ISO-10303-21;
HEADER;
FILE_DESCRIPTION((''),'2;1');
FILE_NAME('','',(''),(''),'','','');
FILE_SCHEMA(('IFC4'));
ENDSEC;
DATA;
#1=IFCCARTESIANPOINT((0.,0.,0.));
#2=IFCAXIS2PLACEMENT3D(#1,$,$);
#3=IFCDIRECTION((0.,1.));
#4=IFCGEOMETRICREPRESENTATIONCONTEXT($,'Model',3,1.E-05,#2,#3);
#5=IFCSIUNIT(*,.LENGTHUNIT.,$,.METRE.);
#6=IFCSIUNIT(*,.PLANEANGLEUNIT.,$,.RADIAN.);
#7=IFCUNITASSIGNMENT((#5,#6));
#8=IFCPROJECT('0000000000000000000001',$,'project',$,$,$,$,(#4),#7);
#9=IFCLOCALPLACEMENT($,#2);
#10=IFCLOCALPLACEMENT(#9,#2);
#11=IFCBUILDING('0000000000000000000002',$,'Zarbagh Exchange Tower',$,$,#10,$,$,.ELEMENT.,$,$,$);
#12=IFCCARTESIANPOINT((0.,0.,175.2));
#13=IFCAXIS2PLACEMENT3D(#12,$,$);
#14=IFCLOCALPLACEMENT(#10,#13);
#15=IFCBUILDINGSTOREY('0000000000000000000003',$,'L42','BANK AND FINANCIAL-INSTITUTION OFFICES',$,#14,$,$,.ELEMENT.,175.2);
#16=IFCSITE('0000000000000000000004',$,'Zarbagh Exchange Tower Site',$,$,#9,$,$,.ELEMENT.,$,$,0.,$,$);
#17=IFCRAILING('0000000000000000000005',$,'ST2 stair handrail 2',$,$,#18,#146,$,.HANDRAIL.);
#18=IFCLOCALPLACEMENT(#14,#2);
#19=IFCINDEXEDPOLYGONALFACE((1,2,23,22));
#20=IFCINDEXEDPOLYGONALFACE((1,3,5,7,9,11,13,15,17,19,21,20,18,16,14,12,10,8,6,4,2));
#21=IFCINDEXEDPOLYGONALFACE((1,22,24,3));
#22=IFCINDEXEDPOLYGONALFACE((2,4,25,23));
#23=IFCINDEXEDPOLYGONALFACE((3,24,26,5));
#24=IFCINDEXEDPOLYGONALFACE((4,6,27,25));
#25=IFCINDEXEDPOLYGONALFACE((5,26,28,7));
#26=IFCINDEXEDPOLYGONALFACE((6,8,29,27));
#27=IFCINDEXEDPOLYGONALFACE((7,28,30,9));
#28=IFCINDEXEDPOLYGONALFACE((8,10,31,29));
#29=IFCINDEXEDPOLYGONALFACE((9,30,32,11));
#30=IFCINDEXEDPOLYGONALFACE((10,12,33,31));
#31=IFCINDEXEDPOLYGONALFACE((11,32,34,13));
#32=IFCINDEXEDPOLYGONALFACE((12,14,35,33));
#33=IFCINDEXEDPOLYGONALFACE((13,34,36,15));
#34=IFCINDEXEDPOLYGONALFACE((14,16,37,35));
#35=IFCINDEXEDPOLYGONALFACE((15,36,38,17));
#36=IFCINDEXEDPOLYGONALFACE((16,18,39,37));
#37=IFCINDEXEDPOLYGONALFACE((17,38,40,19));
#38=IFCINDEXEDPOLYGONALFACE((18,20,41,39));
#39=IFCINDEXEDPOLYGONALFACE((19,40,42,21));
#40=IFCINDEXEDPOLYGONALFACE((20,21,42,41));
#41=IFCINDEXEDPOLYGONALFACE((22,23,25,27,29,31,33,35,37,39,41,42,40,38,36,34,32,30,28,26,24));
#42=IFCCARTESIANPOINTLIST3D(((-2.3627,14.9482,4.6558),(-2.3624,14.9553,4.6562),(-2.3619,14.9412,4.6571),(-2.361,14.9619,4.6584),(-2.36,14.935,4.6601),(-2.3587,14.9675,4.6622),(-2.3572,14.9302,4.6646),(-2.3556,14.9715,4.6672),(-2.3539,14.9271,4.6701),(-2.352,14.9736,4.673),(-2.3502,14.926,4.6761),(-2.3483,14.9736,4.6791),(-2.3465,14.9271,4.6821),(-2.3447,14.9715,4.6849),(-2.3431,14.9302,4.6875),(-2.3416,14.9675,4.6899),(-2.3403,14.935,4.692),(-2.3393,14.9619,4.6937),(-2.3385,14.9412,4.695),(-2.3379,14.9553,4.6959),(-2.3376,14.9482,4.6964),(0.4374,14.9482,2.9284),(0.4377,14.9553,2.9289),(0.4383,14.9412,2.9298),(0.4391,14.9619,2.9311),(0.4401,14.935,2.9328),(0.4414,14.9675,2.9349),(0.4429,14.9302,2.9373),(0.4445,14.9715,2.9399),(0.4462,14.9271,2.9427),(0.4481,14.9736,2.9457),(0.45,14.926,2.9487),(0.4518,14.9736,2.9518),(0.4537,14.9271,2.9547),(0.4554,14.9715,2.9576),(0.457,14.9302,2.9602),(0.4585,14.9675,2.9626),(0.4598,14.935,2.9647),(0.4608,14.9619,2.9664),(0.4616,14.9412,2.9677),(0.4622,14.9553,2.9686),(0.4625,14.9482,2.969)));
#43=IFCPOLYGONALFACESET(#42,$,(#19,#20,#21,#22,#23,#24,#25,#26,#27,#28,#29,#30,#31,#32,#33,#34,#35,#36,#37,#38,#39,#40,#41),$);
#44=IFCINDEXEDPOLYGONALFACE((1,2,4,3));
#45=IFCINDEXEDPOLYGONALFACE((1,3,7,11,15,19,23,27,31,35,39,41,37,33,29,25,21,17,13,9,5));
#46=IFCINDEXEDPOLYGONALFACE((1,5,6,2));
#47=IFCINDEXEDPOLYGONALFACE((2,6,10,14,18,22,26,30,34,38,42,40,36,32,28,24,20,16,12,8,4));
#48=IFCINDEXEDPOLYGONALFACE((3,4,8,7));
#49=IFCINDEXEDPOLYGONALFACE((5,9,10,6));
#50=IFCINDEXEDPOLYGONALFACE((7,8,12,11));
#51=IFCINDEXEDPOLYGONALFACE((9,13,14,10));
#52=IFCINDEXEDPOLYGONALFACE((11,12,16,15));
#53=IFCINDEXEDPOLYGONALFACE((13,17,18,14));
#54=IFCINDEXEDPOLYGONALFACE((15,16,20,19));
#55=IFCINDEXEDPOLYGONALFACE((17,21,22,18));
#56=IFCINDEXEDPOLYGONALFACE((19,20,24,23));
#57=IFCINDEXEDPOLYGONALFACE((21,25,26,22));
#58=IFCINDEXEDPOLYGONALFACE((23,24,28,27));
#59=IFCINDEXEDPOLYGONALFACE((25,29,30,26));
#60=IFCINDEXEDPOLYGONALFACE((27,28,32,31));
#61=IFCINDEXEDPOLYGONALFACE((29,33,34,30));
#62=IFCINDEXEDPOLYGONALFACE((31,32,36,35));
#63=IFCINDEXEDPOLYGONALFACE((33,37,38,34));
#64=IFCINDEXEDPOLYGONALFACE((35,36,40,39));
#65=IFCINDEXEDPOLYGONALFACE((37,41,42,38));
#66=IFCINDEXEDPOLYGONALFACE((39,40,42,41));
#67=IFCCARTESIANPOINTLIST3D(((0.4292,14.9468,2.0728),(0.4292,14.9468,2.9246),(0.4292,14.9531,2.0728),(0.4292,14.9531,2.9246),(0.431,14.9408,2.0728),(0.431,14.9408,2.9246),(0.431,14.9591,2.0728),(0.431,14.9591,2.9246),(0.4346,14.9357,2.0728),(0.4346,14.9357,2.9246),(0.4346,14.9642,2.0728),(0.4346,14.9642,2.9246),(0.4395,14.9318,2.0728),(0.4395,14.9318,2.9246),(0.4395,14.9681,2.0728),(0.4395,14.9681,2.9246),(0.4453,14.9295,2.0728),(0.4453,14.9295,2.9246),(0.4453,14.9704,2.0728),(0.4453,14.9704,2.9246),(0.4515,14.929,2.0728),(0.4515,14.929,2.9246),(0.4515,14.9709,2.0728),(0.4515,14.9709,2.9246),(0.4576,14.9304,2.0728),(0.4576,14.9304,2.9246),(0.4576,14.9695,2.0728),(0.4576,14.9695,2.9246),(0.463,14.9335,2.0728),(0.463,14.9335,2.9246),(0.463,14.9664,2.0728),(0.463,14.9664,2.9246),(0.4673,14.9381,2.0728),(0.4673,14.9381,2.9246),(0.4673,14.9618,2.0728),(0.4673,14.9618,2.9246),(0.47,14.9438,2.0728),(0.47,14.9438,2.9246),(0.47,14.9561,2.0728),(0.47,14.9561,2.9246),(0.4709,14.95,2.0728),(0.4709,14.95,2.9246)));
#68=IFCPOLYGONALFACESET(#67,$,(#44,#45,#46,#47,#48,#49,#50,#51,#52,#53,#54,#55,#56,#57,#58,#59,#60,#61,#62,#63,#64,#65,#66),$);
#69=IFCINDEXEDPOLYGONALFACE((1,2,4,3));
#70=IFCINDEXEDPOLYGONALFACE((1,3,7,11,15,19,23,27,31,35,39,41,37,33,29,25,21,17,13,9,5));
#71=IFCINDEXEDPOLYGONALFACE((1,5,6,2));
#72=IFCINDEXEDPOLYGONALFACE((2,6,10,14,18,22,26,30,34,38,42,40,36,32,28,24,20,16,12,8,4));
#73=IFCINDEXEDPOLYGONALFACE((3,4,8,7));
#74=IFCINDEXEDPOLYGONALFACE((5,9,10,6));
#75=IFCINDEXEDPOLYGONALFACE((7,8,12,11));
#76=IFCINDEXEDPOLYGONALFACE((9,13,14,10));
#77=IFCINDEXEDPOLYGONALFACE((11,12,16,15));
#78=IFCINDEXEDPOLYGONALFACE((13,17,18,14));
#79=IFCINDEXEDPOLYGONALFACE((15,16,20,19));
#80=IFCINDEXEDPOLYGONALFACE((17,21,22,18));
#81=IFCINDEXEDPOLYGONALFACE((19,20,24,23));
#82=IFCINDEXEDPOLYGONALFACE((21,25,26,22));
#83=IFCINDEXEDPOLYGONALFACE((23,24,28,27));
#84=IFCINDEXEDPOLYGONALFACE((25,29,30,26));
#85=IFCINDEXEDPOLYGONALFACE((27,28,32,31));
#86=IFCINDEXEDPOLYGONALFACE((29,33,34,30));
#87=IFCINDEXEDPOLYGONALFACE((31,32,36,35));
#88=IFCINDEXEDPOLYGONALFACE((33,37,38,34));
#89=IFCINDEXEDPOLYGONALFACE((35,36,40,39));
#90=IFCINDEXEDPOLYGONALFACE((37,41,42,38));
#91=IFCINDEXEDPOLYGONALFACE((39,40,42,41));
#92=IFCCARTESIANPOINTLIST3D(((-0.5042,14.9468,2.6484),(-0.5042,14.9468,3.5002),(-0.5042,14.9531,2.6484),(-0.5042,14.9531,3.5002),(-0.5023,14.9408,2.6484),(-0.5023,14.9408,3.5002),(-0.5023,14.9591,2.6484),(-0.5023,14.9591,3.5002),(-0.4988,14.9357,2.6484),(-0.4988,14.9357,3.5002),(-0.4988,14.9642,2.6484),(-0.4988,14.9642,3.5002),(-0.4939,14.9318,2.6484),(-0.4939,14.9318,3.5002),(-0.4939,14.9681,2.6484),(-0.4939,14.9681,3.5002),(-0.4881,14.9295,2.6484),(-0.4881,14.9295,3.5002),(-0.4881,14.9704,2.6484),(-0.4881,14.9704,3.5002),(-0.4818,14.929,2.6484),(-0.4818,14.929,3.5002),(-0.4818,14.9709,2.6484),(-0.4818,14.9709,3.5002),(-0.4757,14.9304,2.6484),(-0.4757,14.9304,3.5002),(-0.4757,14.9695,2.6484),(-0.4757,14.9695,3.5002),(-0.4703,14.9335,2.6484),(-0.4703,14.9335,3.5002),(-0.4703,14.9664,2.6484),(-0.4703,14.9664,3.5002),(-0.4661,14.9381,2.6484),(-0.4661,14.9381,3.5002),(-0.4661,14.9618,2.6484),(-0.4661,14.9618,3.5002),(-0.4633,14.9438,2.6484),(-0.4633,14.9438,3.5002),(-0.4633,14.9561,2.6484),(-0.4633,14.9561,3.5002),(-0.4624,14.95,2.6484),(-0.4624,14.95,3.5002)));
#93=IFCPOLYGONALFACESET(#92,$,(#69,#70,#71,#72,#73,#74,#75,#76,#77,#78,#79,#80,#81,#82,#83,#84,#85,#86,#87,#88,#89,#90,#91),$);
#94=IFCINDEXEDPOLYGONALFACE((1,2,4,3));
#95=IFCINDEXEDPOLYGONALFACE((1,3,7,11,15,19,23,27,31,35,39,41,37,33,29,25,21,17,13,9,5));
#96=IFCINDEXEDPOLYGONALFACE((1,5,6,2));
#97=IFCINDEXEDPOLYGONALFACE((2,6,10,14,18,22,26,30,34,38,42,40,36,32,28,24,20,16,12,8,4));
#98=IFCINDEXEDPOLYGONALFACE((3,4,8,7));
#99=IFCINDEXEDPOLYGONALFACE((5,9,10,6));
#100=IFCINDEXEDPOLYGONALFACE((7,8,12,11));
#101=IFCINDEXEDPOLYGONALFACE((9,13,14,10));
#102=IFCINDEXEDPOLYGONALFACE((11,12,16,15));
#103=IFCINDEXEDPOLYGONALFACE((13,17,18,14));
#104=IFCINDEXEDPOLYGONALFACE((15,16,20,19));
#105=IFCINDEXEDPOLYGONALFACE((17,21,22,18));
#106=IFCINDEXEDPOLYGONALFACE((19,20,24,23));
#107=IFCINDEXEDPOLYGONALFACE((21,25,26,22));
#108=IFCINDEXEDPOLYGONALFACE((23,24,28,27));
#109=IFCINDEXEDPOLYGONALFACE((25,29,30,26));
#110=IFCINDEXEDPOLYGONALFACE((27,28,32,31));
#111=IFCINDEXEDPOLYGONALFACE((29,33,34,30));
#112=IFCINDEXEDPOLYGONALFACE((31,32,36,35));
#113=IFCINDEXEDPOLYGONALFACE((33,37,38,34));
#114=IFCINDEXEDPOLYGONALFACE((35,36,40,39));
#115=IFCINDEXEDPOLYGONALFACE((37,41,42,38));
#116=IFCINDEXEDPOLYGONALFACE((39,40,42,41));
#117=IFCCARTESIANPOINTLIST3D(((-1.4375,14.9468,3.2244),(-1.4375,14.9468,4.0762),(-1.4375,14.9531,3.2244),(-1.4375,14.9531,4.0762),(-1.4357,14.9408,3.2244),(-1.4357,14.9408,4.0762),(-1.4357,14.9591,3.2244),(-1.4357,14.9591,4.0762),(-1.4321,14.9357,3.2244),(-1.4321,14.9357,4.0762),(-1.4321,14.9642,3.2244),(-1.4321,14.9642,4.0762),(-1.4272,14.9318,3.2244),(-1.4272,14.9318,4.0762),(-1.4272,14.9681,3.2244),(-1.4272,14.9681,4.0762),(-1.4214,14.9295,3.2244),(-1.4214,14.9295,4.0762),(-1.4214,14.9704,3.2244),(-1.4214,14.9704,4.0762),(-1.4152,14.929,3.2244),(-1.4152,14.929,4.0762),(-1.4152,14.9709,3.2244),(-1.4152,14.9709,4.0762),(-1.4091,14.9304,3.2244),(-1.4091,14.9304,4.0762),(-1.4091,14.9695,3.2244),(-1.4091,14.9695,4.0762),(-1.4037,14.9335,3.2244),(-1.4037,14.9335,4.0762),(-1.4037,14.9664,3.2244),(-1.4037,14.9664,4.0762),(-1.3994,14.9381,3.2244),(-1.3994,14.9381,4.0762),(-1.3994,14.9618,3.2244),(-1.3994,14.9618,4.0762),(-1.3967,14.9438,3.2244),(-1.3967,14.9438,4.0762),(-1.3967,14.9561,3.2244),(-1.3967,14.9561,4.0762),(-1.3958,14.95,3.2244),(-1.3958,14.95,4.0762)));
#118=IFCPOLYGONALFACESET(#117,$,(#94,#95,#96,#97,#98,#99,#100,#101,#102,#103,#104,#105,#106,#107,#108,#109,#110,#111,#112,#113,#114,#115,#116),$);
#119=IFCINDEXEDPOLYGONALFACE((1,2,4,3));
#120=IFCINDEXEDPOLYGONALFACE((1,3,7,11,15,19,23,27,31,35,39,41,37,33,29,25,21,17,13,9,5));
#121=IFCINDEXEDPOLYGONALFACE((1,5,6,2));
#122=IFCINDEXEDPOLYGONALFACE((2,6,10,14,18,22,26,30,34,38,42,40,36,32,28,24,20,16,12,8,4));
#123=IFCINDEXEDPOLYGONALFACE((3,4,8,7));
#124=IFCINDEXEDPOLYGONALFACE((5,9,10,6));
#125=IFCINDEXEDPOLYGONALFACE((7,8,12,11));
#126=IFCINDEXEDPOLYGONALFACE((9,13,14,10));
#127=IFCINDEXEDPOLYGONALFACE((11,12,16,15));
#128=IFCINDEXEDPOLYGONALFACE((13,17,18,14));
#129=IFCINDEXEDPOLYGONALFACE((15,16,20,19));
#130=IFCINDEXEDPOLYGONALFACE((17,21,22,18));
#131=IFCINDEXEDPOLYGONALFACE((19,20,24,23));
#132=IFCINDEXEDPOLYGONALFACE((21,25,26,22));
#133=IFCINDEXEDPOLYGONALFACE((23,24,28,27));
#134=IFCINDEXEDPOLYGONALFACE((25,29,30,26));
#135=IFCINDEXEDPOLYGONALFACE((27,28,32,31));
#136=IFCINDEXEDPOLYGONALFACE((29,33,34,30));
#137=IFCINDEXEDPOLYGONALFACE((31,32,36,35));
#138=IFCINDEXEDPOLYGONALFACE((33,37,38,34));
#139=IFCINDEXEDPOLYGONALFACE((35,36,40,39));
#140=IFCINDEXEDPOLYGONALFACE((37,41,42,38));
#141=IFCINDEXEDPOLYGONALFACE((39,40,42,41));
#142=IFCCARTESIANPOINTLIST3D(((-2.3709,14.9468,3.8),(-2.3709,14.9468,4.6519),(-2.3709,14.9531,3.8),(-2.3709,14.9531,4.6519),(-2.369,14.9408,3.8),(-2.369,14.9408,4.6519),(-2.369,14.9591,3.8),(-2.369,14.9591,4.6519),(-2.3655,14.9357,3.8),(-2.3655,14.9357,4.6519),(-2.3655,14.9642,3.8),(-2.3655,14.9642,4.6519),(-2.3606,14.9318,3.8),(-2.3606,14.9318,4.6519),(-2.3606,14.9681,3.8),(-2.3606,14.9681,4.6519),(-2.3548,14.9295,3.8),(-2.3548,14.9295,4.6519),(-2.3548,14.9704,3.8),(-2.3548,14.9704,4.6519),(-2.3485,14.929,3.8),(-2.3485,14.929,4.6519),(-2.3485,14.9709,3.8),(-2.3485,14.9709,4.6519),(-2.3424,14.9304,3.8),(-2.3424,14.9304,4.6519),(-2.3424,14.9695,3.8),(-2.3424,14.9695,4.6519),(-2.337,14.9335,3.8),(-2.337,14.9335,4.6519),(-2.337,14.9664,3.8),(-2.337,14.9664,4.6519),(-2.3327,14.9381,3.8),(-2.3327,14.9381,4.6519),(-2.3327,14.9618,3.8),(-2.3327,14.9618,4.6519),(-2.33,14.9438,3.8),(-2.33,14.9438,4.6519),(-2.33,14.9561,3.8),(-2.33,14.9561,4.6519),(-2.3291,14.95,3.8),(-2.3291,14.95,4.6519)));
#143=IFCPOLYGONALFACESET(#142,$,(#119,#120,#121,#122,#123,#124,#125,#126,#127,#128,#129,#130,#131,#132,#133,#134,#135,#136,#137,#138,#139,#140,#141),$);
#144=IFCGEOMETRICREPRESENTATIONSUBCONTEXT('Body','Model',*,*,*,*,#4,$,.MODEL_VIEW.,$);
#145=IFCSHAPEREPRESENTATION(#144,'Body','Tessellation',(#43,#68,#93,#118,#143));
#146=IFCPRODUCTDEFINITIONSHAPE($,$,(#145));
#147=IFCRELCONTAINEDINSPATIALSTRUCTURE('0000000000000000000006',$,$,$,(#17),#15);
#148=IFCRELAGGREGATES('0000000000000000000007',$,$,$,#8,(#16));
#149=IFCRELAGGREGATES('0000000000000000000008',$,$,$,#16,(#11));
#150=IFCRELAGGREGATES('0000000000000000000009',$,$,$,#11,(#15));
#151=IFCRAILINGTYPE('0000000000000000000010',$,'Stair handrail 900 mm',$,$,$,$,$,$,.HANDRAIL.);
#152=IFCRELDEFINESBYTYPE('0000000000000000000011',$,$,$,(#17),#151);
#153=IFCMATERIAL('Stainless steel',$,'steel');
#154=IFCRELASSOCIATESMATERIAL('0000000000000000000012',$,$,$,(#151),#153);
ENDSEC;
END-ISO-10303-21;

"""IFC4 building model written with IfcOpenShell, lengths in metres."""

from ifc_helpers import new_model, si_unit, direction, frame, origin, origin_2d, place, context, subcontext, project, spatial, circle, extrude, material, type_object, element, save


model = new_model("IFC4")

# Units and contexts
model_context = context("Model", 3, precision=1e-05, world=origin(), true_north=direction((0.0, 1.0)))
body_context = subcontext(model_context, "Body", "Model", "MODEL_VIEW")
ifc_project = project(units=[si_unit("LENGTHUNIT", "METRE"), si_unit("PLANEANGLEUNIT", "RADIAN")], contexts=[model_context])

# Site, building, storey
site_placement = place(None, origin())
site = spatial("IfcSite", under=ifc_project, at=site_placement, Name="Zarbagh Exchange Tower Site", CompositionType="ELEMENT", RefElevation=0.0)
building_placement = place(site_placement, origin())
building = spatial("IfcBuilding", under=site, at=building_placement, Name="Zarbagh Exchange Tower", CompositionType="ELEMENT")
storey_placement = place(building_placement, frame((0.0, 0.0, 175.2)))
storey = spatial("IfcBuildingStorey", under=building, at=storey_placement, Name="L42", Description="BANK AND FINANCIAL-INSTITUTION OFFICES", CompositionType="ELEMENT", Elevation=175.2)

# Railing
ifc_material_1 = material(Name="Stainless steel", Category="steel")
railing_type = type_object("IfcRailingType", Name="Stair handrail 900 mm", PredefinedType="HANDRAIL", material=ifc_material_1)
railing_placement = place(storey_placement, frame((0.45, 14.95, 2.0728)))
element("IfcRailing", 1, at=railing_placement, inside=storey, type_object=railing_type, Name="ST2 stair handrail 2", PredefinedType="HANDRAIL", context=body_context, shape_type="SweptSolid", body=[
    extrude(circle(Radius=0.0239, at=origin_2d()), frame((0.0, 0.0, 0.876), z_axis=(-0.85109, 0.0, 0.52502), x_axis=(0.0, -1.0, 0.0)), (0.0, 0.0, 1.0), 3.29),
    extrude(circle(Radius=0.021, at=origin_2d()), origin(), (0.0, 0.0, 1.0), 0.8518),
    extrude(circle(Radius=0.021, at=origin_2d()), frame((-0.9333, 0.0, 0.5757)), (0.0, 0.0, 1.0), 0.8518),
    extrude(circle(Radius=0.021, at=origin_2d()), frame((-1.8667, 0.0, 1.1516)), (0.0, 0.0, 1.0), 0.8518),
    extrude(circle(Radius=0.021, at=origin_2d()), frame((-2.8, 0.0, 1.7273)), (0.0, 0.0, 1.0), 0.8518),
])

save(model, "model.ifc")
